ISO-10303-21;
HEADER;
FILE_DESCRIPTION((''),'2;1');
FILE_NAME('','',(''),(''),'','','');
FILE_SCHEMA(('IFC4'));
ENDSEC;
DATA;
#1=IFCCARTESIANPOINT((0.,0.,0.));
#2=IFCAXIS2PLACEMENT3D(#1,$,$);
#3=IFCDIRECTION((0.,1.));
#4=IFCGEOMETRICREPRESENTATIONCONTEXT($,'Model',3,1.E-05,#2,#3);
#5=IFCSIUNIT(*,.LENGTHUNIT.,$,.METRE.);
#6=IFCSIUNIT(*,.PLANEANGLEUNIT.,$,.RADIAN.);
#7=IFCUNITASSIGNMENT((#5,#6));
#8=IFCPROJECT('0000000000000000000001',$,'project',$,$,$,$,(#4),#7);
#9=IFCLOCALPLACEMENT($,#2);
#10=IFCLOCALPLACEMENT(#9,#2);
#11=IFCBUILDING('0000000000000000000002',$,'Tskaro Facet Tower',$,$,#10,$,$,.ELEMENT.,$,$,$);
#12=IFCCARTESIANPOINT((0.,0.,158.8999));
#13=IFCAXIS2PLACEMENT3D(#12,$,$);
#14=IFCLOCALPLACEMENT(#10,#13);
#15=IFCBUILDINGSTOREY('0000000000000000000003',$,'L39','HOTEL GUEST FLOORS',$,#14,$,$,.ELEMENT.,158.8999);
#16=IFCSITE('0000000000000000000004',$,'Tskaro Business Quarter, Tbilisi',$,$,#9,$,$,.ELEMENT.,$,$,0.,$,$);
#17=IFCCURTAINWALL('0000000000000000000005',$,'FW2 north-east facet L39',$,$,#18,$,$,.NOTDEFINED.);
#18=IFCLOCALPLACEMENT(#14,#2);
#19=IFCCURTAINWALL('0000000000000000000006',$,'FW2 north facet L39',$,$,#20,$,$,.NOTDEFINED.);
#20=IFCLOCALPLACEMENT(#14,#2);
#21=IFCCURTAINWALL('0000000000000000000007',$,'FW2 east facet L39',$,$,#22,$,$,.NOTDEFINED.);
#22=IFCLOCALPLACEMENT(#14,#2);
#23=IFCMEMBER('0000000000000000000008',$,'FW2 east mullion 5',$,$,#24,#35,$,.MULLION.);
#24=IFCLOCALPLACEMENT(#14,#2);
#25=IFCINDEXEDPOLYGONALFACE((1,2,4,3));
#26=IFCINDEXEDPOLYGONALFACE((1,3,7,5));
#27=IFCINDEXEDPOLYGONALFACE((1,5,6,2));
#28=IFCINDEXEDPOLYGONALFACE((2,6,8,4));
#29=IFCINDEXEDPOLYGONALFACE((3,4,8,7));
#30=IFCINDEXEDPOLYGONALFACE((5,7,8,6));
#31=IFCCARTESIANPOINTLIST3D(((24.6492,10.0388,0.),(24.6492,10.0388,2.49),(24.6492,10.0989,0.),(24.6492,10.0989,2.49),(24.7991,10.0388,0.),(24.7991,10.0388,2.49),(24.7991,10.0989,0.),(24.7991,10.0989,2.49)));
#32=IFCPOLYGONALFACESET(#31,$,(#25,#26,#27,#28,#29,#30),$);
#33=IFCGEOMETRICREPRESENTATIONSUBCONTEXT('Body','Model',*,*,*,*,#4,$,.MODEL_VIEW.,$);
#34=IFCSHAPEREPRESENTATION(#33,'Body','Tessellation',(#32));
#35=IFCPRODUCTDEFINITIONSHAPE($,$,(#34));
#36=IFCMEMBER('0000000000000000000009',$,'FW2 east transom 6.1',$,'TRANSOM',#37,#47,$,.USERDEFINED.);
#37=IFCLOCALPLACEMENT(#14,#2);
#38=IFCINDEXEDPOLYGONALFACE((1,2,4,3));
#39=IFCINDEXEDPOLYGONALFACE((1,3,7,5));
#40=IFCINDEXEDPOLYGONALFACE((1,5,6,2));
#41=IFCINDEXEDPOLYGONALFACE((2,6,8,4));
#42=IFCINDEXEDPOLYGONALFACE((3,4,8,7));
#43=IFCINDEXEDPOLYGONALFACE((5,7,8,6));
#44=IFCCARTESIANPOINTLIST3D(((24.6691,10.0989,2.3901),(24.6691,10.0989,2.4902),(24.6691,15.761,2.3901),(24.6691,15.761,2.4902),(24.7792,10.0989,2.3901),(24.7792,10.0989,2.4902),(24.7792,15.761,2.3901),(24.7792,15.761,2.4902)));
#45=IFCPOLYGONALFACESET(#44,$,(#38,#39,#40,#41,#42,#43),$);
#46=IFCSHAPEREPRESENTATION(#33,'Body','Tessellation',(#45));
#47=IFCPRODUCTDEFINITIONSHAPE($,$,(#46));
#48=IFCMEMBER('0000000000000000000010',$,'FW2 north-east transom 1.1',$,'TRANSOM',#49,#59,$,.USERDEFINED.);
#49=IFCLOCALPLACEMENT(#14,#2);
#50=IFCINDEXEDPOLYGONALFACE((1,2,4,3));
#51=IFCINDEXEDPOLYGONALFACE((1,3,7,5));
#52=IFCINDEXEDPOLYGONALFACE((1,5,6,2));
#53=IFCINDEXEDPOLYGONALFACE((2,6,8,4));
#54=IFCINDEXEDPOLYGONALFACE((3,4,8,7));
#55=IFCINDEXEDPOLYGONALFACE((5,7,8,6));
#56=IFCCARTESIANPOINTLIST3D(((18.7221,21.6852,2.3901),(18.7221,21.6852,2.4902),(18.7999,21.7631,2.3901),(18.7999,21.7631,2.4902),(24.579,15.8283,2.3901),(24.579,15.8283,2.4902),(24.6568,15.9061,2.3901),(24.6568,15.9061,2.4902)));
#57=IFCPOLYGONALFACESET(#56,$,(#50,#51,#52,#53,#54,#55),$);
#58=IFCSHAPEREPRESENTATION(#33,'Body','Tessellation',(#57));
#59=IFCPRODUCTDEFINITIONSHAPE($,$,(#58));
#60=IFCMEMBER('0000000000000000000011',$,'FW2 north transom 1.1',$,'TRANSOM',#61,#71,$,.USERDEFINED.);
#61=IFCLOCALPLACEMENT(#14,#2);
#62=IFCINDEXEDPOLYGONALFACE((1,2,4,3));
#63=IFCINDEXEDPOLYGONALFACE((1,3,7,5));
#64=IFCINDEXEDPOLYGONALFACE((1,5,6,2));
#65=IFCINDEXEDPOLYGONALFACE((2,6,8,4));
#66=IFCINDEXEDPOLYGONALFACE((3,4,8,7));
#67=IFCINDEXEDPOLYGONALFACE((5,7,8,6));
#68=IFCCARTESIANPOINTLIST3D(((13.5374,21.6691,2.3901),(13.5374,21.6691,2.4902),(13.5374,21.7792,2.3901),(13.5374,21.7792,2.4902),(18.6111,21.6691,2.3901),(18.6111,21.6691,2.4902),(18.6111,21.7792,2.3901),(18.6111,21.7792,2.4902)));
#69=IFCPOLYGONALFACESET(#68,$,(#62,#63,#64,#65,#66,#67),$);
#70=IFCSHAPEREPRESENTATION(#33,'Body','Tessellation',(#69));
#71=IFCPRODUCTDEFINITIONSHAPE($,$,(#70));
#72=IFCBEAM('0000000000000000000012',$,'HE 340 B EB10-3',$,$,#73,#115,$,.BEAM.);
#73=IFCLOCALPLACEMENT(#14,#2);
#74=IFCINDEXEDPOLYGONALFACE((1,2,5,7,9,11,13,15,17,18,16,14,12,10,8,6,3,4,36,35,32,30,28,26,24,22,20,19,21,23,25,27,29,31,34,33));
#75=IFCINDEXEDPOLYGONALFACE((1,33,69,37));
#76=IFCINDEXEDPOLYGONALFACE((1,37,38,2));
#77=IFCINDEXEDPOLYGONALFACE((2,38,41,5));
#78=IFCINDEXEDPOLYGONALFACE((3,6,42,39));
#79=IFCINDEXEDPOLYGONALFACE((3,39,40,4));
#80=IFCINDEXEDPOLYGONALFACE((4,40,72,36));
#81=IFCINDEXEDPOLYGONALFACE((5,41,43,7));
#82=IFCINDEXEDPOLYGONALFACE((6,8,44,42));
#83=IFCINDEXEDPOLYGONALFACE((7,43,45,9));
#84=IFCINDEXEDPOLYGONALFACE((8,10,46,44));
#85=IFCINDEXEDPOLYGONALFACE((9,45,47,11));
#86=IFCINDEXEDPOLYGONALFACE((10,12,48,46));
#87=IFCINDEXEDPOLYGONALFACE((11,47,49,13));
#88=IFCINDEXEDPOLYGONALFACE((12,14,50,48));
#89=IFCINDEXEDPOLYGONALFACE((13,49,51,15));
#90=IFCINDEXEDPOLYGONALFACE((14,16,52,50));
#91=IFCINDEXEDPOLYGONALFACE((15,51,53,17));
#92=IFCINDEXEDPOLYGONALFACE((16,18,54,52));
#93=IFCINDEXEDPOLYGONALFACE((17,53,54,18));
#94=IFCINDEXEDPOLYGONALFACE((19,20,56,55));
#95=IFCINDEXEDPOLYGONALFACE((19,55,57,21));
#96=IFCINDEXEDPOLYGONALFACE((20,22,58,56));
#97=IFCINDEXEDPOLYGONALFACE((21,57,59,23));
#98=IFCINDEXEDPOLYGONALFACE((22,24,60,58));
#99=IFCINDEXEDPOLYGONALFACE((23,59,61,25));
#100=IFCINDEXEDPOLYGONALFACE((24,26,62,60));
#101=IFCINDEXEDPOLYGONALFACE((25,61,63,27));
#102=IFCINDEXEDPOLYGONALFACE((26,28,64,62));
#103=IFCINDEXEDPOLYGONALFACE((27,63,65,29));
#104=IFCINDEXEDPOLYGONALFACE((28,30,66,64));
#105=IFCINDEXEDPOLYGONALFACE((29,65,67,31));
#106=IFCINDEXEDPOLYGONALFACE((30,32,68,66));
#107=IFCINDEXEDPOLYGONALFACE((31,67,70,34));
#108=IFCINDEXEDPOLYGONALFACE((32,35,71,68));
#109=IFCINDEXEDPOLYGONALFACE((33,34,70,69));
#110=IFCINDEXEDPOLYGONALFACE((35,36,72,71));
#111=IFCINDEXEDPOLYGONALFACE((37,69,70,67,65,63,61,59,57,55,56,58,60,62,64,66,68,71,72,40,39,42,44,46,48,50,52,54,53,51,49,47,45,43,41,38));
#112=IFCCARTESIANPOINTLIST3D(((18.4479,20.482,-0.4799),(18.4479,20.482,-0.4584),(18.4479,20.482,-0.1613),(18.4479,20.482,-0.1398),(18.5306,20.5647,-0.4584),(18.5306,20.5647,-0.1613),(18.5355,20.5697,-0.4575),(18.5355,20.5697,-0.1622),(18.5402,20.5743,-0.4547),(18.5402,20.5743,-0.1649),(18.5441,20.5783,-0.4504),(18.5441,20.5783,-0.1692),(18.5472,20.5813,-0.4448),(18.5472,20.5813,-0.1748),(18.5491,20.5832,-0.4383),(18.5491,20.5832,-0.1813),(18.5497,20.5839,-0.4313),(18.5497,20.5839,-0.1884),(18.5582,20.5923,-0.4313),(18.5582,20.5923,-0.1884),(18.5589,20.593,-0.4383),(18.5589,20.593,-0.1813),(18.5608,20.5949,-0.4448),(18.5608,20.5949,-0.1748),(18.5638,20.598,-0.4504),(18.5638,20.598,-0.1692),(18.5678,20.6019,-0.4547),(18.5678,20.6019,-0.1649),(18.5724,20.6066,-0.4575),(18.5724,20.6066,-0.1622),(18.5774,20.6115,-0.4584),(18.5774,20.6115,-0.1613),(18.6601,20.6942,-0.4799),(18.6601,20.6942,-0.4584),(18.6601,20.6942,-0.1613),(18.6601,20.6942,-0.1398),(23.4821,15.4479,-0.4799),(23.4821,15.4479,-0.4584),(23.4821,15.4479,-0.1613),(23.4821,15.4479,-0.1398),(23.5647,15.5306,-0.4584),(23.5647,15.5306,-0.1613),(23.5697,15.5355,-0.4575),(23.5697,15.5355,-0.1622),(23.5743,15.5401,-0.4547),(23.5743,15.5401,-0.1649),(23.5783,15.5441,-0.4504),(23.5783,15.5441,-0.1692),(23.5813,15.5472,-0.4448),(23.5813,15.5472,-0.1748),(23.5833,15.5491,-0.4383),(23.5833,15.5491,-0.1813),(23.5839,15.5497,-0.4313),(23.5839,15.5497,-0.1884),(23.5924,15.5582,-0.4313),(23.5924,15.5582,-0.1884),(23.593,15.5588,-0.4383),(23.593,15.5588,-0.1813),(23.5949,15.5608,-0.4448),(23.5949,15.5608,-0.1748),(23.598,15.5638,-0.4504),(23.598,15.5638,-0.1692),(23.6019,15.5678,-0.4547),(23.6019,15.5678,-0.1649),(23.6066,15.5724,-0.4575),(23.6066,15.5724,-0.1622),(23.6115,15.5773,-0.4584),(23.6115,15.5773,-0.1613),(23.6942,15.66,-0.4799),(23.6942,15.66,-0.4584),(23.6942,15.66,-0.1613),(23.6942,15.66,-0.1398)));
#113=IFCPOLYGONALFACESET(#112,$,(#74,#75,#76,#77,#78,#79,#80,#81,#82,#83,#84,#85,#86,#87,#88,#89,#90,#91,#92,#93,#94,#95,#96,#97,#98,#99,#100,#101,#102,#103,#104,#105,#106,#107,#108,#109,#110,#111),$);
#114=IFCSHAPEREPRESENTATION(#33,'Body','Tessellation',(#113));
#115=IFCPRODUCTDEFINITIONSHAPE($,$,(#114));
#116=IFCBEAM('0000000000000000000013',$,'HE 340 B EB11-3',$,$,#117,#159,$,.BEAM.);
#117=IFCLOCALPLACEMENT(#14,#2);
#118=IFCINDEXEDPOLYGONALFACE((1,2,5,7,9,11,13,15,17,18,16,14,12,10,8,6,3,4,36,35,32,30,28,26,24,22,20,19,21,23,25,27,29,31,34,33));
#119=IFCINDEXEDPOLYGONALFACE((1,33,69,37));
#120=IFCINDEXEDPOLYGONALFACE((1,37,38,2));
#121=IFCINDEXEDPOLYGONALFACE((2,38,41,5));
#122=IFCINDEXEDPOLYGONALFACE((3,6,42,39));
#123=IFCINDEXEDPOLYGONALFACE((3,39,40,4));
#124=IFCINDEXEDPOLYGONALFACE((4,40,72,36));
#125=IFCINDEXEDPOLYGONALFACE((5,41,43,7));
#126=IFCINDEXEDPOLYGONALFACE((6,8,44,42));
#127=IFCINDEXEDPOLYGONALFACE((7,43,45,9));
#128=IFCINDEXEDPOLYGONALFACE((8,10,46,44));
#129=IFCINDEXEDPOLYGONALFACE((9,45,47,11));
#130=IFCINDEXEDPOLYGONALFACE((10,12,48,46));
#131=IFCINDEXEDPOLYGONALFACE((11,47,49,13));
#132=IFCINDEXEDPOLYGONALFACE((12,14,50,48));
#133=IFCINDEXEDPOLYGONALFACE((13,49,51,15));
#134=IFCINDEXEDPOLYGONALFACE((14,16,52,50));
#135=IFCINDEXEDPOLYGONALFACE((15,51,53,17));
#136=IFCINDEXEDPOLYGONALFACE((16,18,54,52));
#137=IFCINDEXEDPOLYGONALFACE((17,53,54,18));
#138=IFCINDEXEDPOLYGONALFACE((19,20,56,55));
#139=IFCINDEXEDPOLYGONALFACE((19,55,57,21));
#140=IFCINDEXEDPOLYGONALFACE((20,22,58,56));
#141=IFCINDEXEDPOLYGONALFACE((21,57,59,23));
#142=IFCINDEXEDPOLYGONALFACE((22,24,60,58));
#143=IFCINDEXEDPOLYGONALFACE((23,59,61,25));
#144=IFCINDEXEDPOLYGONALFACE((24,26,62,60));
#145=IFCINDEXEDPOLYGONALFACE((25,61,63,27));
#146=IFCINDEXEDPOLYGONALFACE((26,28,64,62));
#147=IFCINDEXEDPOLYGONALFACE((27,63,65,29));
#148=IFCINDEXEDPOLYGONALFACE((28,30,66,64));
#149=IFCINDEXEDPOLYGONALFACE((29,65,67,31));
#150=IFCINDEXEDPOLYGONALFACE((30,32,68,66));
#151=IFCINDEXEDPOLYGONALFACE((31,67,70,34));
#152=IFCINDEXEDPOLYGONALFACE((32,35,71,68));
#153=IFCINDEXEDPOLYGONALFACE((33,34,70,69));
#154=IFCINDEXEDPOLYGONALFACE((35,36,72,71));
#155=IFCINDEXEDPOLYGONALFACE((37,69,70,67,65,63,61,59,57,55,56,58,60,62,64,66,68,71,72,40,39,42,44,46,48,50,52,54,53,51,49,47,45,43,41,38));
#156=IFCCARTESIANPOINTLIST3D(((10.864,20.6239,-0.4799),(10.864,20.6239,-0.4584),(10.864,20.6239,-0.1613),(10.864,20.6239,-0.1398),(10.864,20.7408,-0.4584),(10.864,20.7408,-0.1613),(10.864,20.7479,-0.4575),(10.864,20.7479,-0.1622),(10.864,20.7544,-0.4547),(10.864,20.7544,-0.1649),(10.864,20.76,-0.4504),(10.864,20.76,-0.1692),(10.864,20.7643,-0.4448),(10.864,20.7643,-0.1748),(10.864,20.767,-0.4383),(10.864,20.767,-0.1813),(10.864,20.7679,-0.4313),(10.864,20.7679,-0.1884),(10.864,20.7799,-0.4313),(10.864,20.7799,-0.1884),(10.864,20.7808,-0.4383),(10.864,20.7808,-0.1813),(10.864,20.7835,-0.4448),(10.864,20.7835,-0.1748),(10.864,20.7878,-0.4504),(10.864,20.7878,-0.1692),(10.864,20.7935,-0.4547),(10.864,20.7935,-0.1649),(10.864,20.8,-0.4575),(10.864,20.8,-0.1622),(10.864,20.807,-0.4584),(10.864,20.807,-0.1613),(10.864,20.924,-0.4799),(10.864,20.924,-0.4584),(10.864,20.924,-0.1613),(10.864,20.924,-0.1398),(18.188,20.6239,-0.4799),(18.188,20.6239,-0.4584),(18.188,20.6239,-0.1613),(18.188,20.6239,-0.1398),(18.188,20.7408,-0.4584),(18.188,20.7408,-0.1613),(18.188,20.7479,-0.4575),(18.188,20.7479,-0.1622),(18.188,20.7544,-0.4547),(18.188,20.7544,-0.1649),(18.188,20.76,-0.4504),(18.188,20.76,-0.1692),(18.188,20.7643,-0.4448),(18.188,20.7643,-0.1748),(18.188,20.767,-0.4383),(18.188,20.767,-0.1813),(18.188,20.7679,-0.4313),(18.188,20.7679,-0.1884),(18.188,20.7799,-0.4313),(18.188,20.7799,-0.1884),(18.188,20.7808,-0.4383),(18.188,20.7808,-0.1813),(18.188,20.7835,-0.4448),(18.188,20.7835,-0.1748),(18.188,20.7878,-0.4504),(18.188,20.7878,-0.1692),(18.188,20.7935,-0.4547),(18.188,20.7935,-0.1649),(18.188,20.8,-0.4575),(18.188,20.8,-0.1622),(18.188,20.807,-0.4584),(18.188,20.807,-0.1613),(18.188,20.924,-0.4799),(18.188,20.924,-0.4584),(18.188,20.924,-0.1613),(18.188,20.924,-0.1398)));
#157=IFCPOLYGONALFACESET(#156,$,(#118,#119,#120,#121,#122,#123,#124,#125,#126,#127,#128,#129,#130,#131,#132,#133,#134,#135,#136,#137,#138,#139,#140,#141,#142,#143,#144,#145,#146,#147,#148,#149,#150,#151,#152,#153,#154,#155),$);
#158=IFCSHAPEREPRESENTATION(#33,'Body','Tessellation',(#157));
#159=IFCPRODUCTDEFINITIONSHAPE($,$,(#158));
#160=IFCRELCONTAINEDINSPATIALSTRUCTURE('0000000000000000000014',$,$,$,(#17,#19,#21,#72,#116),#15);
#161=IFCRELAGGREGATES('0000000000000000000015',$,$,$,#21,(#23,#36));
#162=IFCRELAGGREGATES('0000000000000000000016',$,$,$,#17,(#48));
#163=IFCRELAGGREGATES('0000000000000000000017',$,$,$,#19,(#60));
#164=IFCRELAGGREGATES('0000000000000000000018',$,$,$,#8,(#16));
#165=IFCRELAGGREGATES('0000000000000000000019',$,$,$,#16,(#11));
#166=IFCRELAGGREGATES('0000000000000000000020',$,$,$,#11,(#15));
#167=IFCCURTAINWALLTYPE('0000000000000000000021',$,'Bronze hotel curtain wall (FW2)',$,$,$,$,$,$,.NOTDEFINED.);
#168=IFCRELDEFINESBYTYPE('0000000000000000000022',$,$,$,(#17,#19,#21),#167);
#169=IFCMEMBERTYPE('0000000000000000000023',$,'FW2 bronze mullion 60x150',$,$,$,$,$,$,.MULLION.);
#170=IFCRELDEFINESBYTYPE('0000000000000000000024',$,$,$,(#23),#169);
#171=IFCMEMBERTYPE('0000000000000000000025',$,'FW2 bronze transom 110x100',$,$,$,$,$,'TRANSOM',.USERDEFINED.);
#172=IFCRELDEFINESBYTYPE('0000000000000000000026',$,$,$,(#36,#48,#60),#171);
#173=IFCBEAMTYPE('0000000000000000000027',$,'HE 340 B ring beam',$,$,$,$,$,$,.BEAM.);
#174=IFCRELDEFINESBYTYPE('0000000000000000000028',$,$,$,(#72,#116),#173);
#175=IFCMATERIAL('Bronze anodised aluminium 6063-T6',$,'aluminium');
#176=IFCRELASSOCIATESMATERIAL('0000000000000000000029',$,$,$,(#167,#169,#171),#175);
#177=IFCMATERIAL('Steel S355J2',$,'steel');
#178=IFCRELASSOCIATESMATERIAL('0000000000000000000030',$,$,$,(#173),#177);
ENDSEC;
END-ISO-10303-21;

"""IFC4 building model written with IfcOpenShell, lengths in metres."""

from ifc_helpers import new_model, si_unit, direction, frame, origin, origin_2d, place, context, subcontext, project, spatial, rectangle, i_section, extrude, material, material_profile, profile_set, type_object, element, aggregate, save


model = new_model("IFC4")

# Units and contexts
model_context = context("Model", 3, precision=1e-05, world=origin(), true_north=direction((0.0, 1.0)))
body_context = subcontext(model_context, "Body", "Model", "MODEL_VIEW")
ifc_project = project(units=[si_unit("LENGTHUNIT", "METRE"), si_unit("PLANEANGLEUNIT", "RADIAN")], contexts=[model_context])

# Site, building, storey
site_placement = place(None, origin())
site = spatial("IfcSite", under=ifc_project, at=site_placement, Name="Tskaro Business Quarter, Tbilisi", CompositionType="ELEMENT", RefElevation=0.0)
building_placement = place(site_placement, origin())
building = spatial("IfcBuilding", under=site, at=building_placement, Name="Tskaro Facet Tower", CompositionType="ELEMENT")
storey_placement = place(building_placement, frame((0.0, 0.0, 158.8999)))
storey = spatial("IfcBuildingStorey", under=building, at=storey_placement, Name="L39", Description="HOTEL GUEST FLOORS", CompositionType="ELEMENT", Elevation=158.8999)

# Curtain walls
ifc_material_1 = material(Name="Bronze anodised aluminium 6063-T6", Category="aluminium")
curtain_wall_type = type_object("IfcCurtainWallType", Name="Bronze hotel curtain wall (FW2)", PredefinedType="NOTDEFINED", material=ifc_material_1)
curtain_wall_1_placement = place(storey_placement, origin())
curtain_wall_1 = element("IfcCurtainWall", 1, at=curtain_wall_1_placement, inside=storey, type_object=curtain_wall_type, Name="FW2 north-east facet L39", PredefinedType="NOTDEFINED")
curtain_wall_2_placement = place(storey_placement, origin())
curtain_wall_2 = element("IfcCurtainWall", 2, at=curtain_wall_2_placement, inside=storey, type_object=curtain_wall_type, Name="FW2 north facet L39", PredefinedType="NOTDEFINED")

# Curtain wall, members
curtain_wall_3_placement = place(storey_placement, origin())
curtain_wall_3 = element("IfcCurtainWall", 3, at=curtain_wall_3_placement, inside=storey, type_object=curtain_wall_type, Name="FW2 east facet L39", PredefinedType="NOTDEFINED")
ifc_material_profile_1 = material_profile(ifc_material_1, rectangle(XDim=0.0601, YDim=0.1499, at=origin_2d()), Name="Mullion 60x150")
ifc_profile_set_1 = profile_set([ifc_material_profile_1], Name="Bronze anodised aluminium 6063-T6")
member_type_1 = type_object("IfcMemberType", Name="FW2 bronze mullion 60x150", PredefinedType="MULLION", material=ifc_profile_set_1)
member_1_placement = place(storey_placement, frame((24.7241, 10.0688, 0.0), z_axis=(0.0, 0.0, 1.0), x_axis=(0.0, 1.0, 0.0)))
member_1 = element("IfcMember", 4, at=member_1_placement, type_object=member_type_1, Name="FW2 east mullion 5", PredefinedType="MULLION", context=body_context, shape_type="SweptSolid", body=[
    extrude(rectangle(XDim=0.0601, YDim=0.1499, at=origin_2d()), origin(), (0.0, 0.0, 1.0), 2.49),
])
ifc_material_profile_2 = material_profile(ifc_material_1, rectangle(XDim=0.1101, YDim=0.1001, at=origin_2d()), Name="Transom 110x100")
ifc_profile_set_2 = profile_set([ifc_material_profile_2], Name="Bronze anodised aluminium 6063-T6")
member_type_2 = type_object("IfcMemberType", Name="FW2 bronze transom 110x100", ElementType="TRANSOM", PredefinedType="USERDEFINED", material=ifc_profile_set_2)
member_2_placement = place(storey_placement, frame((24.7241, 10.0989, 2.4402), z_axis=(0.0, 1.0, 0.0), x_axis=(-1.0, 0.0, 0.0)))
member_2 = element("IfcMember", 5, at=member_2_placement, type_object=member_type_2, Name="FW2 east transom 6.1", ObjectType="TRANSOM", PredefinedType="USERDEFINED", context=body_context, shape_type="SweptSolid", body=[
    extrude(rectangle(XDim=0.1101, YDim=0.1001, at=origin_2d()), origin(), (0.0, 0.0, 1.0), 5.6621),
])

# Members
member_3_placement = place(storey_placement, frame((24.6179, 15.8672, 2.4402), z_axis=(-0.707107, 0.707107, 0.0), x_axis=(-0.707107, -0.707107, 0.0)))
member_3 = element("IfcMember", 6, at=member_3_placement, type_object=member_type_2, Name="FW2 north-east transom 1.1", ObjectType="TRANSOM", PredefinedType="USERDEFINED", context=body_context, shape_type="SweptSolid", body=[
    extrude(rectangle(XDim=0.1101, YDim=0.1001, at=origin_2d()), origin(), (0.0, 0.0, 1.0), 8.283),
])
member_4_placement = place(storey_placement, frame((18.6111, 21.7241, 2.4402), z_axis=(-1.0, 0.0, 0.0), x_axis=(0.0, -1.0, 0.0)))
member_4 = element("IfcMember", 7, at=member_4_placement, type_object=member_type_2, Name="FW2 north transom 1.1", ObjectType="TRANSOM", PredefinedType="USERDEFINED", context=body_context, shape_type="SweptSolid", body=[
    extrude(rectangle(XDim=0.1101, YDim=0.1001, at=origin_2d()), origin(), (0.0, 0.0, 1.0), 5.0737),
])

# Beams
ifc_material_2 = material(Name="Steel S355J2", Category="steel")
ifc_material_profile_3 = material_profile(ifc_material_2, i_section(OverallWidth=0.3, OverallDepth=0.3401, WebThickness=0.012, FlangeThickness=0.0215, FilletRadius=0.0271, at=origin_2d()), Name="HE 340 B")
ifc_profile_set_3 = profile_set([ifc_material_profile_3], Name="Steel S355J2")
beam_type_1 = type_object("IfcBeamType", Name="HE 340 B ring beam", PredefinedType="BEAM", material=ifc_profile_set_3)
beam_1_placement = place(storey_placement, frame((23.5881, 15.554, -0.3098), z_axis=(-0.707107, 0.707107, 0.0), x_axis=(-0.707107, -0.707107, 0.0)))
element("IfcBeam", 8, at=beam_1_placement, inside=storey, type_object=beam_type_1, Name="HE 340 B EB10-3", PredefinedType="BEAM", context=body_context, shape_type="SweptSolid", body=[
    extrude(i_section(OverallWidth=0.3, OverallDepth=0.3401, WebThickness=0.012, FlangeThickness=0.0215, FilletRadius=0.0271, at=origin_2d()), origin(), (0.0, 0.0, 1.0), 7.1194),
])
beam_2_placement = place(storey_placement, frame((18.188, 20.7739, -0.3098), z_axis=(-1.0, 0.0, 0.0), x_axis=(0.0, -1.0, 0.0)))
element("IfcBeam", 9, at=beam_2_placement, inside=storey, type_object=beam_type_1, Name="HE 340 B EB11-3", PredefinedType="BEAM", context=body_context, shape_type="SweptSolid", body=[
    extrude(i_section(OverallWidth=0.3, OverallDepth=0.3401, WebThickness=0.012, FlangeThickness=0.0215, FilletRadius=0.0271, at=origin_2d()), origin(), (0.0, 0.0, 1.0), 7.324),
])

aggregate(curtain_wall_3, [member_1, member_2])
aggregate(curtain_wall_1, [member_3])
aggregate(curtain_wall_2, [member_4])

save(model, "model.ifc")
